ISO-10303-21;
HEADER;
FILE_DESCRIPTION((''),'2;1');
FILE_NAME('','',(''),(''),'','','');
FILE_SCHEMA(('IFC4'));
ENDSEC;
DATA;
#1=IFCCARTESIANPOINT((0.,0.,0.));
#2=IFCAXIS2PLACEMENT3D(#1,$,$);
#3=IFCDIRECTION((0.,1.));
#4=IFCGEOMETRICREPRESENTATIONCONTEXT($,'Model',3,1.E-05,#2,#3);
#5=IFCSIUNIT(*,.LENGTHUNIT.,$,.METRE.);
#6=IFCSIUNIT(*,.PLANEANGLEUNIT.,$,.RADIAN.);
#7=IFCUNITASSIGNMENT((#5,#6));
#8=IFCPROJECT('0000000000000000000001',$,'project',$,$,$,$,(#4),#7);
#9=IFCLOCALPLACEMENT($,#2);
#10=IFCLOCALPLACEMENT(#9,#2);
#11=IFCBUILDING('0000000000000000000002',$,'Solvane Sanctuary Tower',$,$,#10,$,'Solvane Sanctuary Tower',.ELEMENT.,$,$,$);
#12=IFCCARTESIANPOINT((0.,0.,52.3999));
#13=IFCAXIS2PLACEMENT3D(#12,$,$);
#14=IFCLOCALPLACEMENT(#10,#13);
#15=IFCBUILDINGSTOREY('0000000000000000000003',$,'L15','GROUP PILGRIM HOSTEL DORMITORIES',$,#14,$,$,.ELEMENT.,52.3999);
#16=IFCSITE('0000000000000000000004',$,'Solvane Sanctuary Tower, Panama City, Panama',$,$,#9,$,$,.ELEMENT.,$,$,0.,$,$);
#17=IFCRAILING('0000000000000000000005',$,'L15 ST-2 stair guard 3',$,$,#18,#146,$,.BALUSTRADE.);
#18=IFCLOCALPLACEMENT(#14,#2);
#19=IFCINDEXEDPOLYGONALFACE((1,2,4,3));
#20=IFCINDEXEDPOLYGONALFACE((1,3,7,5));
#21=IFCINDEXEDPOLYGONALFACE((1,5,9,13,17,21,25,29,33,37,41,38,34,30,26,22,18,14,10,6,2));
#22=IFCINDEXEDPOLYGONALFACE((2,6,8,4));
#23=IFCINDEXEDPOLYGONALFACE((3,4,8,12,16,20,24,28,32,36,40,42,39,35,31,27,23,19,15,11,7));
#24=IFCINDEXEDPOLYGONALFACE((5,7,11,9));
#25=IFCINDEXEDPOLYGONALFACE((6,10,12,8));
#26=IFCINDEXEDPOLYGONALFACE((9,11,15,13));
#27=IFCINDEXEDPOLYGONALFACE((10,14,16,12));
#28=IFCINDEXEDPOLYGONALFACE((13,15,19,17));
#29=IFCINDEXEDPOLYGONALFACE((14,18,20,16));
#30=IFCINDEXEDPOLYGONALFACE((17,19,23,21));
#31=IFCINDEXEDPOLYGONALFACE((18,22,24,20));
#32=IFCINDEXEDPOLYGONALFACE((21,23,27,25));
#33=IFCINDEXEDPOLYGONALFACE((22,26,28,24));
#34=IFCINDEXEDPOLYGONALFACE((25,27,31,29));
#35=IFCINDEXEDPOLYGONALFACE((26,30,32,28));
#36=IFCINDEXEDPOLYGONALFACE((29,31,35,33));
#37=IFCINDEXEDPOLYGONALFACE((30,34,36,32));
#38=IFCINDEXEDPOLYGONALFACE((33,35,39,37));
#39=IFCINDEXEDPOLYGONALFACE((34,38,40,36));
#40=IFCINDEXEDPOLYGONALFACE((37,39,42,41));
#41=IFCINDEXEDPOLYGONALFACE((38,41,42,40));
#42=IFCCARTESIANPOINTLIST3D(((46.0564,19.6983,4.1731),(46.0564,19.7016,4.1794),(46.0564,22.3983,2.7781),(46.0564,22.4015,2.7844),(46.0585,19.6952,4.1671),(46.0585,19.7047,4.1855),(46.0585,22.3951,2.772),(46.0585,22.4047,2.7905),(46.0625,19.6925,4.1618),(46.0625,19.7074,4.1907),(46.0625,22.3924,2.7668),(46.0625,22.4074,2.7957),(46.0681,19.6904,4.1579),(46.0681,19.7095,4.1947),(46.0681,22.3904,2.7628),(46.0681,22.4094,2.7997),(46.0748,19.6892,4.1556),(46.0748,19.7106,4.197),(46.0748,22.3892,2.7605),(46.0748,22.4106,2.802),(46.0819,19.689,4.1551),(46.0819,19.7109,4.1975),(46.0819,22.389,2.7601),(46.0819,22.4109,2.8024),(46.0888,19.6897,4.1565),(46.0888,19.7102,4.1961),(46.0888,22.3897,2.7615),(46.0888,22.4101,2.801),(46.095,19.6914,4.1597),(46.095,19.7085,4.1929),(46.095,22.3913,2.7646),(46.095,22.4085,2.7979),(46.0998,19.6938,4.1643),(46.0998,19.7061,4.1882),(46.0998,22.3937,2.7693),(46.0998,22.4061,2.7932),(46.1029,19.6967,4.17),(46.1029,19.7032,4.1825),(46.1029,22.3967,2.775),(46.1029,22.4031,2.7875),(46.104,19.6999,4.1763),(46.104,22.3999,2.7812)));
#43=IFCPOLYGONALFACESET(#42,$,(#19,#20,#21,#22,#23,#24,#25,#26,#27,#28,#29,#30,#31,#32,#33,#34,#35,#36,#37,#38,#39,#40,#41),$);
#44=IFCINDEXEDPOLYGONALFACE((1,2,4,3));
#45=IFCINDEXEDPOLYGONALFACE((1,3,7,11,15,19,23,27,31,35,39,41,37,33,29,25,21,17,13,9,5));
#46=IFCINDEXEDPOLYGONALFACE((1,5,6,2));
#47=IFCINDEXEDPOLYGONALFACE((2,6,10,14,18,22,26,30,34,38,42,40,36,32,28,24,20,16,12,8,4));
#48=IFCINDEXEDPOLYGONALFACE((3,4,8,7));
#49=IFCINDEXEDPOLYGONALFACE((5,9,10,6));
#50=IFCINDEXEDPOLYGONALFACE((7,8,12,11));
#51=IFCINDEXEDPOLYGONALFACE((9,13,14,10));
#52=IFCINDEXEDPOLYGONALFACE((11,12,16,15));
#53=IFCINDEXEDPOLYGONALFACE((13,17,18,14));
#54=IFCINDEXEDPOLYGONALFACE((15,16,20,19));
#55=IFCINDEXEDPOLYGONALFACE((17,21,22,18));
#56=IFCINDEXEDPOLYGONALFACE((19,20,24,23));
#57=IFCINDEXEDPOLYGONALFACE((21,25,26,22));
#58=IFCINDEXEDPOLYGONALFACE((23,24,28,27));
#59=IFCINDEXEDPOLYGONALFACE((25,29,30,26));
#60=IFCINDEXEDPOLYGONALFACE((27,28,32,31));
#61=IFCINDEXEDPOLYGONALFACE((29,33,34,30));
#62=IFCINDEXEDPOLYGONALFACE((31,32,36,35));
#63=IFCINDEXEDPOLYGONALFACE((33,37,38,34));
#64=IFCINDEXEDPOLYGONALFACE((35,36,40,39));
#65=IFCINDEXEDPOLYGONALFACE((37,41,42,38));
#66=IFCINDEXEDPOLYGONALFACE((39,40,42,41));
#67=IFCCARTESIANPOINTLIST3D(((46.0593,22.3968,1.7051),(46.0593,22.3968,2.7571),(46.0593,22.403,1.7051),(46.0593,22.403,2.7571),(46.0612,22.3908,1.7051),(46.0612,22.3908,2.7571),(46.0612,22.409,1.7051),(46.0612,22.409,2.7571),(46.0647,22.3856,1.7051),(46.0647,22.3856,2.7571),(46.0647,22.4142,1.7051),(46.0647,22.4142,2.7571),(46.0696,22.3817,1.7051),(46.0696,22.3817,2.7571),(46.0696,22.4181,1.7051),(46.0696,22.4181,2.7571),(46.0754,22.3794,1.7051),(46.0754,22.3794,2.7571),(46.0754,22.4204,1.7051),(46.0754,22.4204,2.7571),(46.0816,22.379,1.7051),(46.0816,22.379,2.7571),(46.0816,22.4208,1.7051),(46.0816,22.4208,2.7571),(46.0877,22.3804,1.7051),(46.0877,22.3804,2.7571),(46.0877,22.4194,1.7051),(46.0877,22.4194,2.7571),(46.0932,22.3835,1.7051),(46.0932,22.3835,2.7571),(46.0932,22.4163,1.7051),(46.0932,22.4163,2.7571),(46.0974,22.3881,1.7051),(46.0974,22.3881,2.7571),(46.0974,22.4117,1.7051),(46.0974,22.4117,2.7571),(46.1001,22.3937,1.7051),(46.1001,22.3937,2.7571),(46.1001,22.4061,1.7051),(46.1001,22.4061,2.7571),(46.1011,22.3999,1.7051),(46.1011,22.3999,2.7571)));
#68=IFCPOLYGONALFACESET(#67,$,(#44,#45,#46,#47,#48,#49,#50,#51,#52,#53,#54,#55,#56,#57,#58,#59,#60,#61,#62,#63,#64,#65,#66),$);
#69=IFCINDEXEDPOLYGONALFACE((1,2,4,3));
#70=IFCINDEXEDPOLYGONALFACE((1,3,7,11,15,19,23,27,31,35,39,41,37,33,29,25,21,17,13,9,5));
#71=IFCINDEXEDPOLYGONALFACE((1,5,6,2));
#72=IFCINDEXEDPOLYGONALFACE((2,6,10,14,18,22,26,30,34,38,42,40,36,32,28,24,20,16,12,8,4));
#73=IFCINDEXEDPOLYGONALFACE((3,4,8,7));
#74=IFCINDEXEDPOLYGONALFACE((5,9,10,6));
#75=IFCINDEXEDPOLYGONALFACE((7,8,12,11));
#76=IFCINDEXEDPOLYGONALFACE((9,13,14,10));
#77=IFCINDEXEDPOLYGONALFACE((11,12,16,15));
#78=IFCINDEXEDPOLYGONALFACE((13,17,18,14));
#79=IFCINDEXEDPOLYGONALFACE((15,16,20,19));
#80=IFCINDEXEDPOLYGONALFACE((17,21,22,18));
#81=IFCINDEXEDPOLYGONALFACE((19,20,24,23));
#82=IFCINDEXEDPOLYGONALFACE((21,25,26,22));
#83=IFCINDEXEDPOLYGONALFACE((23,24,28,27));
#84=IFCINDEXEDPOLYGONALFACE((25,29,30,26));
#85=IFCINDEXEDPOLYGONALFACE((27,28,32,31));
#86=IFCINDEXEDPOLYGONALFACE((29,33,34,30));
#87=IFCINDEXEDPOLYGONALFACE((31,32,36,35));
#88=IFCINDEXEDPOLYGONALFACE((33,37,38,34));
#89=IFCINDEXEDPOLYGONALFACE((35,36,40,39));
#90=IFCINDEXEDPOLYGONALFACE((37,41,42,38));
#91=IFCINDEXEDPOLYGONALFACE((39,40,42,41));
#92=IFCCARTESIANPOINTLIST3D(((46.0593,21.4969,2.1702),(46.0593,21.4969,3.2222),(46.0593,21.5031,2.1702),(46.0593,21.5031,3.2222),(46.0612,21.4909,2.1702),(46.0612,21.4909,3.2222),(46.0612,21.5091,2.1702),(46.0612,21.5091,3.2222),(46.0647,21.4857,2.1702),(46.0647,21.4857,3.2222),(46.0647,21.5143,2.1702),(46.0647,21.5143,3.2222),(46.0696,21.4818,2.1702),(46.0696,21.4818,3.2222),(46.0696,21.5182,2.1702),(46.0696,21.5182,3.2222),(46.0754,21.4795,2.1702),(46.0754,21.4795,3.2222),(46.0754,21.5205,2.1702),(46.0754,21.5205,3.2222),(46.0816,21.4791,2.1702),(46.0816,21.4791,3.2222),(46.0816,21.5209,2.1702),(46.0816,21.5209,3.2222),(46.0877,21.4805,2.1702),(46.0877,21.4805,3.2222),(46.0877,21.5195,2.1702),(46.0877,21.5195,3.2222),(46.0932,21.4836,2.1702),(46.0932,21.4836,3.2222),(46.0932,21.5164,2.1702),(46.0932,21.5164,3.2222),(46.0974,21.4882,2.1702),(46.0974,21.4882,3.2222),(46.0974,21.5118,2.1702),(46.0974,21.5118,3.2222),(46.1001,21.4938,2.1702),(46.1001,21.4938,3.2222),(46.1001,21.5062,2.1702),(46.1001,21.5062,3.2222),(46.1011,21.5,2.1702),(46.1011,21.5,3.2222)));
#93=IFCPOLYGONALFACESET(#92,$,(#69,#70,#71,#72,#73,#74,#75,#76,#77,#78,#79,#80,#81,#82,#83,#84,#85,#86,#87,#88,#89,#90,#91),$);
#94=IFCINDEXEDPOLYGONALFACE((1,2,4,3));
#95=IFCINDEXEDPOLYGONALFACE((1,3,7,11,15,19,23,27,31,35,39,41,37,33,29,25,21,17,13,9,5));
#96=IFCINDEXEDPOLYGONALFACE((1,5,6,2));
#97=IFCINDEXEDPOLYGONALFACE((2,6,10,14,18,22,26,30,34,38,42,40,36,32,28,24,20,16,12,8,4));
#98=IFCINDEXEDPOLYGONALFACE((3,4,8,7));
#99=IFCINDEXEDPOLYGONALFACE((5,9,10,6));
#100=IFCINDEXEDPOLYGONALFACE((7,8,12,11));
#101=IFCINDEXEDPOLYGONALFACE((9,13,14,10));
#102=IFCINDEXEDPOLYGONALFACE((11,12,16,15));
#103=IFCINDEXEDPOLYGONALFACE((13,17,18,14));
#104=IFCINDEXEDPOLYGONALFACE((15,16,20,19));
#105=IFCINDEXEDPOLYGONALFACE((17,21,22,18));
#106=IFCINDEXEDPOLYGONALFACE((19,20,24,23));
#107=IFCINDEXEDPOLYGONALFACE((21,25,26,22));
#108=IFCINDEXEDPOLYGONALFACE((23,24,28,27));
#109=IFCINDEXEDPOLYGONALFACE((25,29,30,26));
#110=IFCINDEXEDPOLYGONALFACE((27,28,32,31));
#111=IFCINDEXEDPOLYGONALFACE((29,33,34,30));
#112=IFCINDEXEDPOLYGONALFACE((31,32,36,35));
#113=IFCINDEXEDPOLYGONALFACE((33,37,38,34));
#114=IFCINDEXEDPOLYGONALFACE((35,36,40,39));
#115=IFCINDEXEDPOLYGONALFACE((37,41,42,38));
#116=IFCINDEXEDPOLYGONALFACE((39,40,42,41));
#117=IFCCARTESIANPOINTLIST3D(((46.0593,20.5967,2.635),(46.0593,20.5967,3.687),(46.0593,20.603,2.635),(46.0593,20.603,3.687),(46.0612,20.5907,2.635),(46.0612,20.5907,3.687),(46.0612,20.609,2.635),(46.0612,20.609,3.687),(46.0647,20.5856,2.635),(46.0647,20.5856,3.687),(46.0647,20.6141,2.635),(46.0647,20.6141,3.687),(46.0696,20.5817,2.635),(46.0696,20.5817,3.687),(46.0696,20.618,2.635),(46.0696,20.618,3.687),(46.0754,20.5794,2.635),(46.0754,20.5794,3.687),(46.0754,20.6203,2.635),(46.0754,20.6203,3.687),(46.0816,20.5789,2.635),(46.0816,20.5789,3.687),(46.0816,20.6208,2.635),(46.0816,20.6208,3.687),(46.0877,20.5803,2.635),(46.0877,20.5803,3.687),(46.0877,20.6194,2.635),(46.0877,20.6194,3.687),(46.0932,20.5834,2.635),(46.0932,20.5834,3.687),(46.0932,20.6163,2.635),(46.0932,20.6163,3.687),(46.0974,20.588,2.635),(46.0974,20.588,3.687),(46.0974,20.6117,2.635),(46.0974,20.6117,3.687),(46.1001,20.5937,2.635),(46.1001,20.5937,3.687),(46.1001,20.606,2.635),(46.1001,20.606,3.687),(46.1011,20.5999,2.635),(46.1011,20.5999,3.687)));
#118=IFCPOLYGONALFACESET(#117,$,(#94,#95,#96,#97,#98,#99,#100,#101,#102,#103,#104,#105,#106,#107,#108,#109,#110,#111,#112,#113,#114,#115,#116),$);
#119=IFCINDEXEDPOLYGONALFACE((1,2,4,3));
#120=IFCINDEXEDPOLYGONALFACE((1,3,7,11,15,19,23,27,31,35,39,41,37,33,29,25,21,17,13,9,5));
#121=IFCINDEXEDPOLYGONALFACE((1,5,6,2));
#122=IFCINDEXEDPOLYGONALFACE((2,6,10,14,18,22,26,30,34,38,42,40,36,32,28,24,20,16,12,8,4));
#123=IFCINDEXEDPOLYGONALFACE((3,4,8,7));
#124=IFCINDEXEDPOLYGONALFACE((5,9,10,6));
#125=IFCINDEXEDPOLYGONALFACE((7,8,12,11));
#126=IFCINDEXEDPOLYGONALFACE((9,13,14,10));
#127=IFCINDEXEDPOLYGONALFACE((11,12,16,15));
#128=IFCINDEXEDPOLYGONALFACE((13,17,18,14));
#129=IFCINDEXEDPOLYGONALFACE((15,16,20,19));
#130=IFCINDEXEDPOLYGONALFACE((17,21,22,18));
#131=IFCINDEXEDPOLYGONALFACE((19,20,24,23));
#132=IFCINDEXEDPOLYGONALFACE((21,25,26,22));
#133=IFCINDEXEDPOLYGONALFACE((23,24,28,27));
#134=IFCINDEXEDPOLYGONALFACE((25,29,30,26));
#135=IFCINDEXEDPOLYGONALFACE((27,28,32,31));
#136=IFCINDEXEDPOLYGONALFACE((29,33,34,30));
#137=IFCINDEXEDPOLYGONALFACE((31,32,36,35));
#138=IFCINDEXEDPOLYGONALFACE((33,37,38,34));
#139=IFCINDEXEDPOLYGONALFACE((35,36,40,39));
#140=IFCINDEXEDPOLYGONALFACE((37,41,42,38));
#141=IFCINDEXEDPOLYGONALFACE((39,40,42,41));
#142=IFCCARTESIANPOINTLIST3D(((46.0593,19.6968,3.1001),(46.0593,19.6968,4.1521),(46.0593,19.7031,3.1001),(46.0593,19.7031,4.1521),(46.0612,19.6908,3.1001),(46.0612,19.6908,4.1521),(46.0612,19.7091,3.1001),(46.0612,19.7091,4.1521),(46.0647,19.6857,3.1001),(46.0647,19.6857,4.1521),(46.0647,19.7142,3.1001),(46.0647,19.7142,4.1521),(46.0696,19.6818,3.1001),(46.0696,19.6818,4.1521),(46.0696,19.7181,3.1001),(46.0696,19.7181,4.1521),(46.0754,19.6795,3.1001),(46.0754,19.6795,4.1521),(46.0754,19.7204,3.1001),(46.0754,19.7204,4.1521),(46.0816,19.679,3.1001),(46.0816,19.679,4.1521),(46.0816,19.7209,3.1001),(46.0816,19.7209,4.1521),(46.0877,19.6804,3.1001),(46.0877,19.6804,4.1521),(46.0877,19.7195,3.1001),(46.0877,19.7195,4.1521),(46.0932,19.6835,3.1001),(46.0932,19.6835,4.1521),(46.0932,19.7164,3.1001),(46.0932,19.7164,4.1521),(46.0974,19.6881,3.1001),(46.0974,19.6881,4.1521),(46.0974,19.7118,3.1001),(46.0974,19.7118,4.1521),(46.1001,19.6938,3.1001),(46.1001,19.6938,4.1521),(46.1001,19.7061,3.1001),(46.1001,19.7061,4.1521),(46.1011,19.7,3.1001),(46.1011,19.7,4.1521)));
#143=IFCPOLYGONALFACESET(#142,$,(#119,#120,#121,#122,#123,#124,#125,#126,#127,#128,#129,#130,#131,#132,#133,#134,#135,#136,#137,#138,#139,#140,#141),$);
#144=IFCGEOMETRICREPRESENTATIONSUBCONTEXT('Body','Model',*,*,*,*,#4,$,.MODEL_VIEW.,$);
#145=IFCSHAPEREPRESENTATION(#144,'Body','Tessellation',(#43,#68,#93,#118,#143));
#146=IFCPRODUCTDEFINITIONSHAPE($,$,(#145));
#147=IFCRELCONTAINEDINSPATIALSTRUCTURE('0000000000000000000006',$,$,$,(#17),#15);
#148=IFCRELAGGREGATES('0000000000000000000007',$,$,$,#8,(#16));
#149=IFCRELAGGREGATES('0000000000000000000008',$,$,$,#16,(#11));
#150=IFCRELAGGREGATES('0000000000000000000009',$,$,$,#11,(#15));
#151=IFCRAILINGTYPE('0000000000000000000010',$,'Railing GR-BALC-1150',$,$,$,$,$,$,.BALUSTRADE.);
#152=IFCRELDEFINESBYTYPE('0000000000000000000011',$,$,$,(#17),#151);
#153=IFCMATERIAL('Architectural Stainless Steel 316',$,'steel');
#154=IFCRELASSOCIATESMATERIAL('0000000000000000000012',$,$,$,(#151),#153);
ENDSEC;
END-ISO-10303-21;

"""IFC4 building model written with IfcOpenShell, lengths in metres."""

from ifc_helpers import new_model, si_unit, direction, frame, origin, origin_2d, place, context, subcontext, project, spatial, circle, extrude, material, type_object, element, save


model = new_model("IFC4")

# Units and contexts
model_context = context("Model", 3, precision=1e-05, world=origin(), true_north=direction((0.0, 1.0)))
body_context = subcontext(model_context, "Body", "Model", "MODEL_VIEW")
ifc_project = project(units=[si_unit("LENGTHUNIT", "METRE"), si_unit("PLANEANGLEUNIT", "RADIAN")], contexts=[model_context])

# Site, building, storey
site_placement = place(None, origin())
site = spatial("IfcSite", under=ifc_project, at=site_placement, Name="Solvane Sanctuary Tower, Panama City, Panama", CompositionType="ELEMENT", RefElevation=0.0)
building_placement = place(site_placement, origin())
building = spatial("IfcBuilding", under=site, at=building_placement, Name="Solvane Sanctuary Tower", LongName="Solvane Sanctuary Tower", CompositionType="ELEMENT")
storey_placement = place(building_placement, frame((0.0, 0.0, 52.3999)))
storey = spatial("IfcBuildingStorey", under=building, at=storey_placement, Name="L15", Description="GROUP PILGRIM HOSTEL DORMITORIES", CompositionType="ELEMENT", Elevation=52.3999)

# Shared definitions
ifc_material_1 = material(Name="Architectural Stainless Steel 316", Category="steel")

# Railing
railing_type_1 = type_object("IfcRailingType", Name="Railing GR-BALC-1150", PredefinedType="BALUSTRADE", material=ifc_material_1)
railing_1_placement = place(storey_placement, frame((46.0801, 22.3999, 1.7051)))
element("IfcRailing", 1, at=railing_1_placement, inside=storey, type_object=railing_type_1, Name="L15 ST-2 stair guard 3", PredefinedType="BALUSTRADE", context=body_context, shape_type="SweptSolid", body=[
    extrude(circle(Radius=0.0239, at=origin_2d()), frame((0.0, 0.0, 1.0762), z_axis=(0.0, -0.88842, 0.459032), x_axis=(1.0, 0.0, 0.0)), (0.0, 0.0, 1.0), 3.0391),
    extrude(circle(Radius=0.021, at=origin_2d()), origin(), (0.0, 0.0, 1.0), 1.052),
    extrude(circle(Radius=0.021, at=origin_2d()), frame((0.0, -0.8999, 0.4651)), (0.0, 0.0, 1.0), 1.052),
    extrude(circle(Radius=0.021, at=origin_2d()), frame((0.0, -1.8, 0.9299)), (0.0, 0.0, 1.0), 1.052),
    extrude(circle(Radius=0.021, at=origin_2d()), frame((0.0, -2.7, 1.395)), (0.0, 0.0, 1.0), 1.052),
])

save(model, "model.ifc")
